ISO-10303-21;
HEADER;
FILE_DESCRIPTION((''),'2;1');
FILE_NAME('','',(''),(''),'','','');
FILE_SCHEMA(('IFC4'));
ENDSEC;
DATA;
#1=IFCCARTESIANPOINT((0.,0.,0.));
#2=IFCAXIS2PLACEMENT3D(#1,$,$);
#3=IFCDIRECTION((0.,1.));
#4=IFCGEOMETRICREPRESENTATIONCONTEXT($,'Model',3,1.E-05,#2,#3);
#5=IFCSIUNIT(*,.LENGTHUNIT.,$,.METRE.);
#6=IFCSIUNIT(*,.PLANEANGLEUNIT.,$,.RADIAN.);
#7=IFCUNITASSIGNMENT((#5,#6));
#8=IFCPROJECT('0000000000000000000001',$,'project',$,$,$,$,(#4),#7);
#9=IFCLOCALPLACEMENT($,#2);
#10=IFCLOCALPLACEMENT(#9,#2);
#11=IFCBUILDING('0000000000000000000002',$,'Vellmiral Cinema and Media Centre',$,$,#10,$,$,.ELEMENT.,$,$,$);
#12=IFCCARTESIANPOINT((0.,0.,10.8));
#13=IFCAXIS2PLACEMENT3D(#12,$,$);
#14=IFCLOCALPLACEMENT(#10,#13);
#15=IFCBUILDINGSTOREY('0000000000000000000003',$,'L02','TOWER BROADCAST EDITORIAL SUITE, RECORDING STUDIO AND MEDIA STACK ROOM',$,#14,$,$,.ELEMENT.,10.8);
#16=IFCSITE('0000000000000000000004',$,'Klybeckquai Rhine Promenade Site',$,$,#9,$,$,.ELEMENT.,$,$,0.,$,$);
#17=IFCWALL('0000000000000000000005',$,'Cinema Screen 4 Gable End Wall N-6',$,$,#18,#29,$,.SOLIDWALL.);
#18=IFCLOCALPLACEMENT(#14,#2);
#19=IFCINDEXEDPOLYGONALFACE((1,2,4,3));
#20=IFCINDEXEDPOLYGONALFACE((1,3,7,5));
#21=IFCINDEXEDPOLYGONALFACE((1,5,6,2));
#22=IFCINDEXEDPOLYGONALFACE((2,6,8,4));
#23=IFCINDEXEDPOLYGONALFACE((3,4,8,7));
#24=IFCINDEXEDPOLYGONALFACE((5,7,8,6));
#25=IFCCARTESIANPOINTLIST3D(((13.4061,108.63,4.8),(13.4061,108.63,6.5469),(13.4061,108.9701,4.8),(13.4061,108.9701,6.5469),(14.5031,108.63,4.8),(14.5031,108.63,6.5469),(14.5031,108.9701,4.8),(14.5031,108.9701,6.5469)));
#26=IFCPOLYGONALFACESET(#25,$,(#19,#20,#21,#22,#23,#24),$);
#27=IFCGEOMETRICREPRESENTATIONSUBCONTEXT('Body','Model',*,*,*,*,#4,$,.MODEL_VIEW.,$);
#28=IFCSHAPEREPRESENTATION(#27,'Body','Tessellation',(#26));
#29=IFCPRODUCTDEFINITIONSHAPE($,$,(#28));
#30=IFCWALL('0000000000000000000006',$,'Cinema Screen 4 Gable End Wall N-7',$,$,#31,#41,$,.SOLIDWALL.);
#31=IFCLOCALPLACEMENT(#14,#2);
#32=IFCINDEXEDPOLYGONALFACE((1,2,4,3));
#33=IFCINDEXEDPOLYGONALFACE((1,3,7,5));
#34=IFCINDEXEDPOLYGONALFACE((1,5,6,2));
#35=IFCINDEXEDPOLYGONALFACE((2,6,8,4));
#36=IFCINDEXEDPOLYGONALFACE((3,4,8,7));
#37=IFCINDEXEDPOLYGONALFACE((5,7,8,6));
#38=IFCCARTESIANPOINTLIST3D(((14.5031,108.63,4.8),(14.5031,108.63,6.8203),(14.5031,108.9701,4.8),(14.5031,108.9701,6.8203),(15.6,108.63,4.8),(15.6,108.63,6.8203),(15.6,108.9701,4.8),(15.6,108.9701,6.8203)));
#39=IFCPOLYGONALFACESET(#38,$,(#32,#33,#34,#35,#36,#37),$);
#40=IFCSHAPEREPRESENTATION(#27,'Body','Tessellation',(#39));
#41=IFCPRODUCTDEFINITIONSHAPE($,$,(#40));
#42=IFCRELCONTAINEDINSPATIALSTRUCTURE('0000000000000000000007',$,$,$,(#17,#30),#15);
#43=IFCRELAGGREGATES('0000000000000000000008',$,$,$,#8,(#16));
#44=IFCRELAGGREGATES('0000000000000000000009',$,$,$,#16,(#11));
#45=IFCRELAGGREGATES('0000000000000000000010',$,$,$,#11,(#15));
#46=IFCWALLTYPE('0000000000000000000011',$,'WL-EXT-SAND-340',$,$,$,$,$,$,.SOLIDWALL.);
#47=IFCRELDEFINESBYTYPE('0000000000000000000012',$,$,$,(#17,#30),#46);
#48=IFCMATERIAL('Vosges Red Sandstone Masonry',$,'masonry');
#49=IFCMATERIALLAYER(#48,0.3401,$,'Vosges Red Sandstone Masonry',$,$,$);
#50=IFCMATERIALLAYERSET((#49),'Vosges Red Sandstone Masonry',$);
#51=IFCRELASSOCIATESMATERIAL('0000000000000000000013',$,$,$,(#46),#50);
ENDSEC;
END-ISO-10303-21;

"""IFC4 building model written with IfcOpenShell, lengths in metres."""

from ifc_helpers import new_model, si_unit, direction, frame, frame_2d, origin, place, context, subcontext, project, spatial, rectangle, extrude, material, layer, layer_set, type_object, element, save


model = new_model("IFC4")

# Units and contexts
model_context = context("Model", 3, precision=1e-05, world=origin(), true_north=direction((0.0, 1.0)))
body_context = subcontext(model_context, "Body", "Model", "MODEL_VIEW")
ifc_project = project(units=[si_unit("LENGTHUNIT", "METRE"), si_unit("PLANEANGLEUNIT", "RADIAN")], contexts=[model_context])

# Site, building, storey
site_placement = place(None, origin())
site = spatial("IfcSite", under=ifc_project, at=site_placement, Name="Klybeckquai Rhine Promenade Site", CompositionType="ELEMENT", RefElevation=0.0)
building_placement = place(site_placement, origin())
building = spatial("IfcBuilding", under=site, at=building_placement, Name="Vellmiral Cinema and Media Centre", CompositionType="ELEMENT")
storey_placement = place(building_placement, frame((0.0, 0.0, 10.8)))
storey = spatial("IfcBuildingStorey", under=building, at=storey_placement, Name="L02", Description="TOWER BROADCAST EDITORIAL SUITE, RECORDING STUDIO AND MEDIA STACK ROOM", CompositionType="ELEMENT", Elevation=10.8)

# Walls
ifc_material_1 = material(Name="Vosges Red Sandstone Masonry", Category="masonry")
ifc_layer_1 = layer(ifc_material_1, 0.3401, Name="Vosges Red Sandstone Masonry")
ifc_layer_set_1 = layer_set([ifc_layer_1], Name="Vosges Red Sandstone Masonry")
wall_type_1 = type_object("IfcWallType", Name="WL-EXT-SAND-340", PredefinedType="SOLIDWALL", material=ifc_layer_set_1)
wall_1_placement = place(storey_placement, frame((13.4062, 108.8, 4.8), z_axis=(0.0, 0.0, 1.0), x_axis=(1.0, 0.0, 0.0)))
element("IfcWall", 1, at=wall_1_placement, inside=storey, type_object=wall_type_1, Name="Cinema Screen 4 Gable End Wall N-6", PredefinedType="SOLIDWALL", context=body_context, shape_type="SweptSolid", body=[
    extrude(rectangle(XDim=1.0969, YDim=0.3401, at=frame_2d((0.5483, 0.0))), origin(), (0.0, 0.0, 1.0), 1.7468),
])
wall_2_placement = place(storey_placement, frame((14.5032, 108.8, 4.8), z_axis=(0.0, 0.0, 1.0), x_axis=(1.0, 0.0, 0.0)))
element("IfcWall", 2, at=wall_2_placement, inside=storey, type_object=wall_type_1, Name="Cinema Screen 4 Gable End Wall N-7", PredefinedType="SOLIDWALL", context=body_context, shape_type="SweptSolid", body=[
    extrude(rectangle(XDim=1.0969, YDim=0.3401, at=frame_2d((0.5483, 0.0))), origin(), (0.0, 0.0, 1.0), 2.0203),
])

save(model, "model.ifc")
